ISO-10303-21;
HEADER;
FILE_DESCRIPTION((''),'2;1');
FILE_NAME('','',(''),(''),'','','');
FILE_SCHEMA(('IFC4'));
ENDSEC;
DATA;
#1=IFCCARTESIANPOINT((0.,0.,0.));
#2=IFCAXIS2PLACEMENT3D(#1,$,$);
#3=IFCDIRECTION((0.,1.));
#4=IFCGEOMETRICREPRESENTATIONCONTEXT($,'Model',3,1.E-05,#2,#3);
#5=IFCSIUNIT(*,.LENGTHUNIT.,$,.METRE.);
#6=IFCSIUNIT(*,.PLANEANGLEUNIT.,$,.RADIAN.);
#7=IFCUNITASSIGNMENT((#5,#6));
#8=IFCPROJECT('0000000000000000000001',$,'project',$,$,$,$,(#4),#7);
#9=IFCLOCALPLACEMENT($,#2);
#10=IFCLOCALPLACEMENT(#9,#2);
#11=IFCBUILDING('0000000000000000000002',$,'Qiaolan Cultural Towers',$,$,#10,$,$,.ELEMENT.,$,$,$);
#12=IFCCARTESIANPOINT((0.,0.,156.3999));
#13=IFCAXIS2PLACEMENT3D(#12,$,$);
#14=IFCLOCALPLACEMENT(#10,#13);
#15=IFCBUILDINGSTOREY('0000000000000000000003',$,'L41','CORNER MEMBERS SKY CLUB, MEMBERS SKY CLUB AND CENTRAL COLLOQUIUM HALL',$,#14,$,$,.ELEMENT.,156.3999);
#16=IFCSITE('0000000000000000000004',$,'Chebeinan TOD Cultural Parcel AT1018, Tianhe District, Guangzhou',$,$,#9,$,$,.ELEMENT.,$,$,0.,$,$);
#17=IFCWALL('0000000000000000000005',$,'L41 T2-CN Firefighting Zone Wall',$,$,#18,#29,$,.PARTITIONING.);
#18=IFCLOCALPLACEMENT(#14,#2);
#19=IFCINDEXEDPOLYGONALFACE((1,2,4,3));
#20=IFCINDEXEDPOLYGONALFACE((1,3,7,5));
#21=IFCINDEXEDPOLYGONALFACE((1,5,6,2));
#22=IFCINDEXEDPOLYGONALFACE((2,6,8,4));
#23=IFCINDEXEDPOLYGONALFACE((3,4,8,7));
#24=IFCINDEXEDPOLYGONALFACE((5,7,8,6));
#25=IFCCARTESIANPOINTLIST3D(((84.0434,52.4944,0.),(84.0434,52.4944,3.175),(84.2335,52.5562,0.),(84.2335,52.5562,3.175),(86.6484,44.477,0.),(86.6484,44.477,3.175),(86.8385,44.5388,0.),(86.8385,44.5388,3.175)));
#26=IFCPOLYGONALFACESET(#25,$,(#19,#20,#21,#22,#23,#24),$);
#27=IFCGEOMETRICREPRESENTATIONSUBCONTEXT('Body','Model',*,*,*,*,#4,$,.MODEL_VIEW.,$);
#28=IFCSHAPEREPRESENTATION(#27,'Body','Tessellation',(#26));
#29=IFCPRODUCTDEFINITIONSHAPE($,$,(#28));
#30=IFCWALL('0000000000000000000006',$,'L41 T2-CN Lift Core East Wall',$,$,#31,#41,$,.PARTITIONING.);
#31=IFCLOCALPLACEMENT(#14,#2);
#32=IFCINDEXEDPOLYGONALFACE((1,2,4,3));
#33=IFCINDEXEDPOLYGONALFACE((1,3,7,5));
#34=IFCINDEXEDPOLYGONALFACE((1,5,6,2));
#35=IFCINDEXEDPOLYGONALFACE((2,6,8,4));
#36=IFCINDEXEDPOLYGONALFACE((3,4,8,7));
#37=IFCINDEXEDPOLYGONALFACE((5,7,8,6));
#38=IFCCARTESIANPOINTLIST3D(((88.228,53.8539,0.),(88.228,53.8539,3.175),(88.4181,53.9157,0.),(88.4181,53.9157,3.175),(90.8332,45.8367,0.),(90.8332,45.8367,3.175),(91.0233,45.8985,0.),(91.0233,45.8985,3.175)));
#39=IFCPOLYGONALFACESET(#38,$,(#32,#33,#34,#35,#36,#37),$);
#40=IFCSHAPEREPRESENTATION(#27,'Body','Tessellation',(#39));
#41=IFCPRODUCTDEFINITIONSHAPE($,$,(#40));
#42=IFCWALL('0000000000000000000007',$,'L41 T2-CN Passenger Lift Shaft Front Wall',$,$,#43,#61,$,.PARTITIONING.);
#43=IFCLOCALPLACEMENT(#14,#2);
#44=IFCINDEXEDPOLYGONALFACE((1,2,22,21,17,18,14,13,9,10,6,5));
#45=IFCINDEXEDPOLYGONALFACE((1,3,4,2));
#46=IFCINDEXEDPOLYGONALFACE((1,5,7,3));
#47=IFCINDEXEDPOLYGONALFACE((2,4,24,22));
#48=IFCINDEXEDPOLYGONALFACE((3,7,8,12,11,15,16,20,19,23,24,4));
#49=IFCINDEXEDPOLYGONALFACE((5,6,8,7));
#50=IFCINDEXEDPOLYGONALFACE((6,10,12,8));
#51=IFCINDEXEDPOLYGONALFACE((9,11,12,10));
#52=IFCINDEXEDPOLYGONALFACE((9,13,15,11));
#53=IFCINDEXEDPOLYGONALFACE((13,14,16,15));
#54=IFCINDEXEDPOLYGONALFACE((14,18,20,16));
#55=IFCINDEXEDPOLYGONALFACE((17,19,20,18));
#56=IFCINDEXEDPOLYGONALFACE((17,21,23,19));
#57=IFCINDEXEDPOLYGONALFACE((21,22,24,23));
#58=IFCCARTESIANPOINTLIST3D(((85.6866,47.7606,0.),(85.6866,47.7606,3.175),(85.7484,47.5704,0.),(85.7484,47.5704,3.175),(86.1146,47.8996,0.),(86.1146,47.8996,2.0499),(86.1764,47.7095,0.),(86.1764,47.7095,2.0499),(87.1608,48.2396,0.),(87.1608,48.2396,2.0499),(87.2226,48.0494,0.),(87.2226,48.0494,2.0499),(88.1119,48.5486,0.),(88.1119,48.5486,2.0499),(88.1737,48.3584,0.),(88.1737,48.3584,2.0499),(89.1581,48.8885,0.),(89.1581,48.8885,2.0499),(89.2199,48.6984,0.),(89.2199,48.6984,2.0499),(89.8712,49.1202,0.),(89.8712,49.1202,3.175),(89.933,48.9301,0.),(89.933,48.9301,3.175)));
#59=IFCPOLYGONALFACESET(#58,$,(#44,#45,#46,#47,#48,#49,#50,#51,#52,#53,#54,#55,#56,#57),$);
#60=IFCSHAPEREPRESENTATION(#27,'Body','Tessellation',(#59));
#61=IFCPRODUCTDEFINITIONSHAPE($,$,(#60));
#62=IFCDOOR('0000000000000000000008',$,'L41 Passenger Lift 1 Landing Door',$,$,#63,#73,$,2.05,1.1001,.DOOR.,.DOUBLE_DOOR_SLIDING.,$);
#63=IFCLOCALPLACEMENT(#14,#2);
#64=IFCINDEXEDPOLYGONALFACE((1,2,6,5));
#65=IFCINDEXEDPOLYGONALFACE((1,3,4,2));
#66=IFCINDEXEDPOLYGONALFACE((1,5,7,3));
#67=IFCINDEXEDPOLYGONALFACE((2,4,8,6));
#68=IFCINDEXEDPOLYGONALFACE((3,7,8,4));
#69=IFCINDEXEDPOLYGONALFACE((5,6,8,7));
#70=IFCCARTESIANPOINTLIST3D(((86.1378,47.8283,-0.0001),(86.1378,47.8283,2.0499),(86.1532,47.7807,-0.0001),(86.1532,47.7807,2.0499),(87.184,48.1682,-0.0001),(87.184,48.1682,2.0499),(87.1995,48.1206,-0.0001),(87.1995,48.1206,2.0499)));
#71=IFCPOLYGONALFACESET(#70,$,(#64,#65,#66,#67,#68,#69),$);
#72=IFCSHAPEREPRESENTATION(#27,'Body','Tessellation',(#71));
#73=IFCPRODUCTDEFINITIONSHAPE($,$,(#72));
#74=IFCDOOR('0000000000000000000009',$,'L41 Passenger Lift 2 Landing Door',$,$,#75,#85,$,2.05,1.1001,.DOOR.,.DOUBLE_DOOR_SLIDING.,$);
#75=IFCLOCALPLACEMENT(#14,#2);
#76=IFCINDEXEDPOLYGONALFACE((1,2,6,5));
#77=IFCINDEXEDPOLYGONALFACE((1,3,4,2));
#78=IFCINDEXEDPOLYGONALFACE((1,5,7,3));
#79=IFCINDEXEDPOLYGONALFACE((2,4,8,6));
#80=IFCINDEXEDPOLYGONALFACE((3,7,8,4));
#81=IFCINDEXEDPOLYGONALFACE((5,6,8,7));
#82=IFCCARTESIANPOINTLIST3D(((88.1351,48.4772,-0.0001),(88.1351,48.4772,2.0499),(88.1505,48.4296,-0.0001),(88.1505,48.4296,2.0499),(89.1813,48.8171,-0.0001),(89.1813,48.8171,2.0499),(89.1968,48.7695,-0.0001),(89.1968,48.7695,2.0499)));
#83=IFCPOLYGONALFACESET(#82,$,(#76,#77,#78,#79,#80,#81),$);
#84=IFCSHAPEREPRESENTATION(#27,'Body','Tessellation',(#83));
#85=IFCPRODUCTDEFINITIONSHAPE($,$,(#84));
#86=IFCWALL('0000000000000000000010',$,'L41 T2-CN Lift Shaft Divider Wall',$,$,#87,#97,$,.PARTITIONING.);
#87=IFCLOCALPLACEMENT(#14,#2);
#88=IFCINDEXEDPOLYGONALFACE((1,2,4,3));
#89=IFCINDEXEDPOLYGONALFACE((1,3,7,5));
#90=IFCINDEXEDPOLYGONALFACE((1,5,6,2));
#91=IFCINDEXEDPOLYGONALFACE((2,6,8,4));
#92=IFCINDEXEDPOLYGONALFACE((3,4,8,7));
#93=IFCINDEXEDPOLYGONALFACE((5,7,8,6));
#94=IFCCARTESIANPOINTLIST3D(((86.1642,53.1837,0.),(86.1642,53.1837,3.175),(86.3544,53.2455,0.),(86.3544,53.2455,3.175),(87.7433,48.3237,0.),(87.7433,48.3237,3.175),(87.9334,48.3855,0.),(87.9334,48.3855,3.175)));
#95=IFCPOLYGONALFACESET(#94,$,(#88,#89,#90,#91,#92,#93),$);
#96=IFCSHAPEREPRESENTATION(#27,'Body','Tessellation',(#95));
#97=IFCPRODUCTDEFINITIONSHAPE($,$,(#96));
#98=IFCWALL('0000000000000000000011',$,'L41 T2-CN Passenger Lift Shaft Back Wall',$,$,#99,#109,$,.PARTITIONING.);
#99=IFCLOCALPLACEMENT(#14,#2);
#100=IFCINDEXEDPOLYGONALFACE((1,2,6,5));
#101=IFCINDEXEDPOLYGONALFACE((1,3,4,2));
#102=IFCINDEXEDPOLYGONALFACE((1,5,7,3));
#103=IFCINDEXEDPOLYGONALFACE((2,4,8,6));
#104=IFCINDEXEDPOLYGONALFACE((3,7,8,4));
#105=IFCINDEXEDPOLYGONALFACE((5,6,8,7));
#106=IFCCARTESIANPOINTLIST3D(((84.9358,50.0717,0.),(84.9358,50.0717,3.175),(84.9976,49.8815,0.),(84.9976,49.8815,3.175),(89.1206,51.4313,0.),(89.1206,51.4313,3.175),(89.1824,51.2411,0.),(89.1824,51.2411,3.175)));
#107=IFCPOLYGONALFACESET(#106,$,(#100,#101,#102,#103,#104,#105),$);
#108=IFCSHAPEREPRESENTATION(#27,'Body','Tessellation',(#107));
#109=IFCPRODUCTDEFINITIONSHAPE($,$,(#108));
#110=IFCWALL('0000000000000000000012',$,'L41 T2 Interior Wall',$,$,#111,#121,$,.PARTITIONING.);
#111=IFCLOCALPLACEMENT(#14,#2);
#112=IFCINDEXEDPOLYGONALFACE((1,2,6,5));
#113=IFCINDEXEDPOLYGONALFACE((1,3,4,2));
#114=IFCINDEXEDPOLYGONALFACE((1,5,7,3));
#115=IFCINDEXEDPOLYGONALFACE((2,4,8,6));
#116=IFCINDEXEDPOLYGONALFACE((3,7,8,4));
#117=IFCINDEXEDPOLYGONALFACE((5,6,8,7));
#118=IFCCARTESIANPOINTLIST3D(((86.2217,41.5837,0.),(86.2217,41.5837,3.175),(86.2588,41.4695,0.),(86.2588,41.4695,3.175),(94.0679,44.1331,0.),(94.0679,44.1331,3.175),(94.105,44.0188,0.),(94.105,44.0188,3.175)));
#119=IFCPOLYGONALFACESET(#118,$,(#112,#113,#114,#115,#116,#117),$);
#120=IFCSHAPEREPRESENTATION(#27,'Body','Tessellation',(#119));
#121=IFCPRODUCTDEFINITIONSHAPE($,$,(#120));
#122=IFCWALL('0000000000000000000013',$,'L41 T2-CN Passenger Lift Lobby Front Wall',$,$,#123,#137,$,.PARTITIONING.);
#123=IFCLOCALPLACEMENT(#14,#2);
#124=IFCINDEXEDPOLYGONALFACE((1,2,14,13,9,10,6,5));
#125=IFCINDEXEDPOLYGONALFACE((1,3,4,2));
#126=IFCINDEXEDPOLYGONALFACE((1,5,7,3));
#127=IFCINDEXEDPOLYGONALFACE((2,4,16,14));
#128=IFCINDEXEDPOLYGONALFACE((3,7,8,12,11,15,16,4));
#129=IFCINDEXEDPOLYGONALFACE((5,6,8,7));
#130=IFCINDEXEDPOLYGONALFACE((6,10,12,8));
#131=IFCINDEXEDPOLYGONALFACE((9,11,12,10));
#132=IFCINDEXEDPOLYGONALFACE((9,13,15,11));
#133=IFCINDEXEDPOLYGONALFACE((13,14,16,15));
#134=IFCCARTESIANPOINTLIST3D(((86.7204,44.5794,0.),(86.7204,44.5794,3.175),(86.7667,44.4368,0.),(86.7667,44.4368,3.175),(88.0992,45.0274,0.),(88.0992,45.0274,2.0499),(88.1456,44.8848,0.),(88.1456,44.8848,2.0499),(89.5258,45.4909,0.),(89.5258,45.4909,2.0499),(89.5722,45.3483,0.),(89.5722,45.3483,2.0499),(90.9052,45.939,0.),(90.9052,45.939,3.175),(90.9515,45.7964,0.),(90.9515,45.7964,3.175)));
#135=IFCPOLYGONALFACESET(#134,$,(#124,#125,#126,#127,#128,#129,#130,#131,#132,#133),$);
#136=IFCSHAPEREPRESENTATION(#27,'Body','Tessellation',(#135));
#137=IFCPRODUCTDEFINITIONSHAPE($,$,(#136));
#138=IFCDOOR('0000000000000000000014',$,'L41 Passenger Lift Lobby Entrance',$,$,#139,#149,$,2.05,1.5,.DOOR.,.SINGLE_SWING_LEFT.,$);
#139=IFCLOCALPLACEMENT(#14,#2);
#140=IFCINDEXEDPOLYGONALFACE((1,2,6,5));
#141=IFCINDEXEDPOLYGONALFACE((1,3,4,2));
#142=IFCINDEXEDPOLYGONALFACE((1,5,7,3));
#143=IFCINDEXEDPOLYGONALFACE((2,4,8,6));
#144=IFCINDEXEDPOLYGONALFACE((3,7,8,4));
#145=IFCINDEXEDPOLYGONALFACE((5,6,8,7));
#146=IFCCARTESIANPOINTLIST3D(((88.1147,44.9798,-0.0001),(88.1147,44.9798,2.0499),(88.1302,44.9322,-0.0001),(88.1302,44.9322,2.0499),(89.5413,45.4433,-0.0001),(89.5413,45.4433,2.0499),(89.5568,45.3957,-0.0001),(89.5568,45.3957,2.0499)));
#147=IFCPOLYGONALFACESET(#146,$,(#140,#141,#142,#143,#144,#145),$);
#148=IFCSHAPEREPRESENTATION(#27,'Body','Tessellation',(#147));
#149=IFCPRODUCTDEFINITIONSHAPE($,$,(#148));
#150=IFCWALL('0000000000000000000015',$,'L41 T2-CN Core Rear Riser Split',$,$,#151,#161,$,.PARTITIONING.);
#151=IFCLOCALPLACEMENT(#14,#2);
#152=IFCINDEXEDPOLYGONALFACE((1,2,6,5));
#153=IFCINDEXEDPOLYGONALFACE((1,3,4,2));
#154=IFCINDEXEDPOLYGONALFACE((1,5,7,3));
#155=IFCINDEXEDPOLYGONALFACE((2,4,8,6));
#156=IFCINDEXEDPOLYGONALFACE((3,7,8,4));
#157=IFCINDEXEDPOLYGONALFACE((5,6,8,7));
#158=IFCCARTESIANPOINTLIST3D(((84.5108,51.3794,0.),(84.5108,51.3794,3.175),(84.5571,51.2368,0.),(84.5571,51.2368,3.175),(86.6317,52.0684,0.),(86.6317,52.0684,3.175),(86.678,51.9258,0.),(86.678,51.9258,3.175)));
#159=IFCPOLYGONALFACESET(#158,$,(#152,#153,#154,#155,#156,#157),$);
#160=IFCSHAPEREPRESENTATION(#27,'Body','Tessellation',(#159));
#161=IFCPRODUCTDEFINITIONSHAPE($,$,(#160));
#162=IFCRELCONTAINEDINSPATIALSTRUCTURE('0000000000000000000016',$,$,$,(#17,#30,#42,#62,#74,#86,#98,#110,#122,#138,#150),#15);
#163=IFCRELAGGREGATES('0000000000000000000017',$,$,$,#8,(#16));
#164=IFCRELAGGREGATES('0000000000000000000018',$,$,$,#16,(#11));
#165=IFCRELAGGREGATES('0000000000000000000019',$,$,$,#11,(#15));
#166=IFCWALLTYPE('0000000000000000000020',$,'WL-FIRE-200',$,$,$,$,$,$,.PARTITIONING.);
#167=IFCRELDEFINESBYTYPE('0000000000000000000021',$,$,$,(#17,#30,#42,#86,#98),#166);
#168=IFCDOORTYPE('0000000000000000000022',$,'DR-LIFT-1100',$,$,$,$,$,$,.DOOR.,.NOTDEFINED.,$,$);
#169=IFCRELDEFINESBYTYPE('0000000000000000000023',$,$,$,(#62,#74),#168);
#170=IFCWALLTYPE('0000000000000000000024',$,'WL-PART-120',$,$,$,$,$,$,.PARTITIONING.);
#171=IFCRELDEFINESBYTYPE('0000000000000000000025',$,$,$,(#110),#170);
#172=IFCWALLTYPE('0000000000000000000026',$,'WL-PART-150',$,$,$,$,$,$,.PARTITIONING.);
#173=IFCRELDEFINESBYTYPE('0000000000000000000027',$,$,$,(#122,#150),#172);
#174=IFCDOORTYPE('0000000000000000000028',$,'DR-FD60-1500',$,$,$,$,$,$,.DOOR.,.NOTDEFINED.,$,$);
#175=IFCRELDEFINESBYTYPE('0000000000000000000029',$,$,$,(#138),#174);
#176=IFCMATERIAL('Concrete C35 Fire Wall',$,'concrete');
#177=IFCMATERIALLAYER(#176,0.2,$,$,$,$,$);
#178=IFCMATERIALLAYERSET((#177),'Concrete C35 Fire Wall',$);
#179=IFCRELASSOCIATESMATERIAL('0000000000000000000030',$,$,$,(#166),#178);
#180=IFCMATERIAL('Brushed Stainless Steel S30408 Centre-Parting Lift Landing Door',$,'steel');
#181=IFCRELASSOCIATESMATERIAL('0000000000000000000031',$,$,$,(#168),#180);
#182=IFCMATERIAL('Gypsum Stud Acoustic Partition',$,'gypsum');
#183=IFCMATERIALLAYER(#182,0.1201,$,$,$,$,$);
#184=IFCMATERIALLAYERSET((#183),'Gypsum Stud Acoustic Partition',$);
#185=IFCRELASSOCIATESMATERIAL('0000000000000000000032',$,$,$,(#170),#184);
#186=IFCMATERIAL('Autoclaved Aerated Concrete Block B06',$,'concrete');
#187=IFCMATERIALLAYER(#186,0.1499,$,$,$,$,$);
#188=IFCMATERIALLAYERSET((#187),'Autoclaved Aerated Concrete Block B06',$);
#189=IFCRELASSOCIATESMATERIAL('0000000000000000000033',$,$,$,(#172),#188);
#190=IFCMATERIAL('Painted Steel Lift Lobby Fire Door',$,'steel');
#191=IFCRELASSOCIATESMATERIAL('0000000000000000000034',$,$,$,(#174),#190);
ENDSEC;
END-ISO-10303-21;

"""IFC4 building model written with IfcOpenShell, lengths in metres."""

from ifc_helpers import new_model, si_unit, direction, frame, frame_2d, origin, place, context, subcontext, project, spatial, rectangle, extrude, material, layer, layer_set, type_object, element, fill, save


model = new_model("IFC4")

# Units and contexts
model_context = context("Model", 3, precision=1e-05, world=origin(), true_north=direction((0.0, 1.0)))
body_context = subcontext(model_context, "Body", "Model", "MODEL_VIEW")
ifc_project = project(units=[si_unit("LENGTHUNIT", "METRE"), si_unit("PLANEANGLEUNIT", "RADIAN")], contexts=[model_context])

# Site, building, storey
site_placement = place(None, origin())
site = spatial("IfcSite", under=ifc_project, at=site_placement, Name="Chebeinan TOD Cultural Parcel AT1018, Tianhe District, Guangzhou", CompositionType="ELEMENT", RefElevation=0.0)
building_placement = place(site_placement, origin())
building = spatial("IfcBuilding", under=site, at=building_placement, Name="Qiaolan Cultural Towers", CompositionType="ELEMENT")
storey_placement = place(building_placement, frame((0.0, 0.0, 156.3999)))
storey = spatial("IfcBuildingStorey", under=building, at=storey_placement, Name="L41", Description="CORNER MEMBERS SKY CLUB, MEMBERS SKY CLUB AND CENTRAL COLLOQUIUM HALL", CompositionType="ELEMENT", Elevation=156.3999)

# Walls
ifc_material_1 = material(Name="Concrete C35 Fire Wall", Category="concrete")
ifc_layer_1 = layer(ifc_material_1, 0.2)
ifc_layer_set_1 = layer_set([ifc_layer_1], Name="Concrete C35 Fire Wall")
wall_type_1 = type_object("IfcWallType", Name="WL-FIRE-200", PredefinedType="PARTITIONING", material=ifc_layer_set_1)
for number, where, z_axis, x_axis, name in (
    (1, (86.7434, 44.5081, 0.0), (0.0, 0.0, 1.0), (-0.309016, 0.951057, 0.0), "L41 T2-CN Firefighting Zone Wall"),
    (2, (90.9282, 45.8677, 0.0), (0.0, 0.0, 1.0), (-0.309042, 0.951048, 0.0), "L41 T2-CN Lift Core East Wall"),
):
    element("IfcWall", number, at=place(storey_placement, frame(where, z_axis=z_axis, x_axis=x_axis)), inside=storey, type_object=wall_type_1, Name=name, PredefinedType="PARTITIONING", context=body_context, shape_type="SweptSolid", body=[
        extrude(rectangle(XDim=8.4299, YDim=0.2, at=frame_2d((4.2148, 0.0))), origin(), (0.0, 0.0, 1.0), 3.175),
    ])

# Wall, openings, doors
wall_1_placement = place(storey_placement, frame((85.7175, 47.6655, 0.0), z_axis=(0.0, 0.0, 1.0), x_axis=(0.951059, 0.309011, 0.0)))
wall_1 = element("IfcWall", 3, at=wall_1_placement, inside=storey, type_object=wall_type_1, Name="L41 T2-CN Passenger Lift Shaft Front Wall", PredefinedType="PARTITIONING", context=body_context, shape_type="SweptSolid", body=[
    extrude(rectangle(XDim=4.3999, YDim=0.2, at=frame_2d((2.2, 0.0))), origin(), (0.0, 0.0, 1.0), 3.175),
])
opening_1_placement = place(wall_1_placement, frame((0.45, 0.0, 0.0)))
opening_1 = element("IfcOpeningElement", 4, at=opening_1_placement, cuts=wall_1, PredefinedType="OPENING", context=body_context, shape_type="SweptSolid", body=[
    extrude(rectangle(XDim=1.1001, YDim=2.05, at=frame_2d((0.55, 1.0249))), frame((0.0, 0.1099, 0.0), z_axis=(0.0, -1.0, 0.0), x_axis=(1.0, 0.0, 0.0)), (0.0, 0.0, 1.0), 0.22),
])
opening_2_placement = place(wall_1_placement, frame((2.55, 0.0, 0.0)))
opening_2 = element("IfcOpeningElement", 5, at=opening_2_placement, cuts=wall_1, PredefinedType="OPENING", context=body_context, shape_type="SweptSolid", body=[
    extrude(rectangle(XDim=1.1001, YDim=2.05, at=frame_2d((0.55, 1.0249))), frame((0.0, 0.1099, 0.0), z_axis=(0.0, -1.0, 0.0), x_axis=(1.0, 0.0, 0.0)), (0.0, 0.0, 1.0), 0.22),
])
ifc_material_2 = material(Name="Brushed Stainless Steel S30408 Centre-Parting Lift Landing Door", Category="steel")
door_type_1 = type_object("IfcDoorType", Name="DR-LIFT-1100", OperationType="NOTDEFINED", PredefinedType="DOOR", material=ifc_material_2)
door_1_placement = place(opening_1_placement, origin())
door_1 = element("IfcDoor", 6, at=door_1_placement, inside=storey, type_object=door_type_1, Name="L41 Passenger Lift 1 Landing Door", OperationType="DOUBLE_DOOR_SLIDING", OverallHeight=2.05, OverallWidth=1.1001, PredefinedType="DOOR", context=body_context, shape_type="SweptSolid", body=[
    extrude(rectangle(XDim=1.1001, YDim=2.05, at=frame_2d((0.55, 1.0249))), frame((0.0, 0.0249, 0.0), z_axis=(0.0, -1.0, 0.0), x_axis=(1.0, 0.0, 0.0)), (0.0, 0.0, 1.0), 0.05),
])
fill(opening_1, door_1)
door_2_placement = place(opening_2_placement, origin())
door_2 = element("IfcDoor", 7, at=door_2_placement, inside=storey, type_object=door_type_1, Name="L41 Passenger Lift 2 Landing Door", OperationType="DOUBLE_DOOR_SLIDING", OverallHeight=2.05, OverallWidth=1.1001, PredefinedType="DOOR", context=body_context, shape_type="SweptSolid", body=[
    extrude(rectangle(XDim=1.1001, YDim=2.05, at=frame_2d((0.55, 1.0249))), frame((0.0, 0.0249, 0.0), z_axis=(0.0, -1.0, 0.0), x_axis=(1.0, 0.0, 0.0)), (0.0, 0.0, 1.0), 0.05),
])
fill(opening_2, door_2)

# Walls
wall_2_placement = place(storey_placement, frame((87.8384, 48.3545, 0.0), z_axis=(0.0, 0.0, 1.0), x_axis=(-0.309009, 0.951059, 0.0)))
element("IfcWall", 8, at=wall_2_placement, inside=storey, type_object=wall_type_1, Name="L41 T2-CN Lift Shaft Divider Wall", PredefinedType="PARTITIONING", context=body_context, shape_type="SweptSolid", body=[
    extrude(rectangle(XDim=5.1101, YDim=0.2, at=frame_2d((2.5552, 0.0))), origin(), (0.0, 0.0, 1.0), 3.175),
])
wall_3_placement = place(storey_placement, frame((84.9666, 49.9766, 0.0), z_axis=(0.0, 0.0, 1.0), x_axis=(0.951064, 0.308994, 0.0)))
element("IfcWall", 9, at=wall_3_placement, inside=storey, type_object=wall_type_1, Name="L41 T2-CN Passenger Lift Shaft Back Wall", PredefinedType="PARTITIONING", context=body_context, shape_type="SweptSolid", body=[
    extrude(rectangle(XDim=4.4001, YDim=0.2, at=frame_2d((2.2002, 0.0))), origin(), (0.0, 0.0, 1.0), 3.175),
])
ifc_material_3 = material(Name="Gypsum Stud Acoustic Partition", Category="gypsum")
ifc_layer_2 = layer(ifc_material_3, 0.1201)
ifc_layer_set_2 = layer_set([ifc_layer_2], Name="Gypsum Stud Acoustic Partition")
wall_type_2 = type_object("IfcWallType", Name="WL-PART-120", PredefinedType="PARTITIONING", material=ifc_layer_set_2)
wall_4_placement = place(storey_placement, frame((86.2402, 41.5266, 0.0), z_axis=(0.0, 0.0, 1.0), x_axis=(0.951059, 0.30901, 0.0)))
element("IfcWall", 10, at=wall_4_placement, inside=storey, type_object=wall_type_2, Name="L41 T2 Interior Wall", PredefinedType="PARTITIONING", context=body_context, shape_type="SweptSolid", body=[
    extrude(rectangle(XDim=8.25, YDim=0.1201, at=frame_2d((4.125, 0.0))), origin(), (0.0, 0.0, 1.0), 3.175),
])

# Wall, opening, door
ifc_material_4 = material(Name="Autoclaved Aerated Concrete Block B06", Category="concrete")
ifc_layer_3 = layer(ifc_material_4, 0.1499)
ifc_layer_set_3 = layer_set([ifc_layer_3], Name="Autoclaved Aerated Concrete Block B06")
wall_type_3 = type_object("IfcWallType", Name="WL-PART-150", PredefinedType="PARTITIONING", material=ifc_layer_set_3)
wall_5_placement = place(storey_placement, frame((86.7434, 44.5081, 0.0), z_axis=(0.0, 0.0, 1.0), x_axis=(0.951064, 0.308994, 0.0)))
wall_5 = element("IfcWall", 11, at=wall_5_placement, inside=storey, type_object=wall_type_3, Name="L41 T2-CN Passenger Lift Lobby Front Wall", PredefinedType="PARTITIONING", context=body_context, shape_type="SweptSolid", body=[
    extrude(rectangle(XDim=4.4001, YDim=0.1499, at=frame_2d((2.2002, 0.0))), origin(), (0.0, 0.0, 1.0), 3.175),
])
opening_3_placement = place(wall_5_placement, frame((1.45, 0.0, 0.0)))
opening_3 = element("IfcOpeningElement", 12, at=opening_3_placement, cuts=wall_5, PredefinedType="OPENING", context=body_context, shape_type="SweptSolid", body=[
    extrude(rectangle(XDim=1.5, YDim=2.05, at=frame_2d((0.75, 1.0249))), frame((0.0, 0.085, 0.0), z_axis=(0.0, -1.0, 0.0), x_axis=(1.0, 0.0, 0.0)), (0.0, 0.0, 1.0), 0.1699),
])
ifc_material_5 = material(Name="Painted Steel Lift Lobby Fire Door", Category="steel")
door_type_2 = type_object("IfcDoorType", Name="DR-FD60-1500", OperationType="NOTDEFINED", PredefinedType="DOOR", material=ifc_material_5)
door_3_placement = place(opening_3_placement, origin())
door_3 = element("IfcDoor", 13, at=door_3_placement, inside=storey, type_object=door_type_2, Name="L41 Passenger Lift Lobby Entrance", OperationType="SINGLE_SWING_LEFT", OverallHeight=2.05, OverallWidth=1.5, PredefinedType="DOOR", context=body_context, shape_type="SweptSolid", body=[
    extrude(rectangle(XDim=1.5, YDim=2.05, at=frame_2d((0.75, 1.0249))), frame((0.0, 0.0249, 0.0), z_axis=(0.0, -1.0, 0.0), x_axis=(1.0, 0.0, 0.0)), (0.0, 0.0, 1.0), 0.05),
])
fill(opening_3, door_3)

# Wall
wall_6_placement = place(storey_placement, frame((84.5339, 51.3081, 0.0), z_axis=(0.0, 0.0, 1.0), x_axis=(0.951075, 0.30896, 0.0)))
element("IfcWall", 14, at=wall_6_placement, inside=storey, type_object=wall_type_3, Name="L41 T2-CN Core Rear Riser Split", PredefinedType="PARTITIONING", context=body_context, shape_type="SweptSolid", body=[
    extrude(rectangle(XDim=2.23, YDim=0.1499, at=frame_2d((1.115, 0.0))), origin(), (0.0, 0.0, 1.0), 3.175),
])

save(model, "model.ifc")
